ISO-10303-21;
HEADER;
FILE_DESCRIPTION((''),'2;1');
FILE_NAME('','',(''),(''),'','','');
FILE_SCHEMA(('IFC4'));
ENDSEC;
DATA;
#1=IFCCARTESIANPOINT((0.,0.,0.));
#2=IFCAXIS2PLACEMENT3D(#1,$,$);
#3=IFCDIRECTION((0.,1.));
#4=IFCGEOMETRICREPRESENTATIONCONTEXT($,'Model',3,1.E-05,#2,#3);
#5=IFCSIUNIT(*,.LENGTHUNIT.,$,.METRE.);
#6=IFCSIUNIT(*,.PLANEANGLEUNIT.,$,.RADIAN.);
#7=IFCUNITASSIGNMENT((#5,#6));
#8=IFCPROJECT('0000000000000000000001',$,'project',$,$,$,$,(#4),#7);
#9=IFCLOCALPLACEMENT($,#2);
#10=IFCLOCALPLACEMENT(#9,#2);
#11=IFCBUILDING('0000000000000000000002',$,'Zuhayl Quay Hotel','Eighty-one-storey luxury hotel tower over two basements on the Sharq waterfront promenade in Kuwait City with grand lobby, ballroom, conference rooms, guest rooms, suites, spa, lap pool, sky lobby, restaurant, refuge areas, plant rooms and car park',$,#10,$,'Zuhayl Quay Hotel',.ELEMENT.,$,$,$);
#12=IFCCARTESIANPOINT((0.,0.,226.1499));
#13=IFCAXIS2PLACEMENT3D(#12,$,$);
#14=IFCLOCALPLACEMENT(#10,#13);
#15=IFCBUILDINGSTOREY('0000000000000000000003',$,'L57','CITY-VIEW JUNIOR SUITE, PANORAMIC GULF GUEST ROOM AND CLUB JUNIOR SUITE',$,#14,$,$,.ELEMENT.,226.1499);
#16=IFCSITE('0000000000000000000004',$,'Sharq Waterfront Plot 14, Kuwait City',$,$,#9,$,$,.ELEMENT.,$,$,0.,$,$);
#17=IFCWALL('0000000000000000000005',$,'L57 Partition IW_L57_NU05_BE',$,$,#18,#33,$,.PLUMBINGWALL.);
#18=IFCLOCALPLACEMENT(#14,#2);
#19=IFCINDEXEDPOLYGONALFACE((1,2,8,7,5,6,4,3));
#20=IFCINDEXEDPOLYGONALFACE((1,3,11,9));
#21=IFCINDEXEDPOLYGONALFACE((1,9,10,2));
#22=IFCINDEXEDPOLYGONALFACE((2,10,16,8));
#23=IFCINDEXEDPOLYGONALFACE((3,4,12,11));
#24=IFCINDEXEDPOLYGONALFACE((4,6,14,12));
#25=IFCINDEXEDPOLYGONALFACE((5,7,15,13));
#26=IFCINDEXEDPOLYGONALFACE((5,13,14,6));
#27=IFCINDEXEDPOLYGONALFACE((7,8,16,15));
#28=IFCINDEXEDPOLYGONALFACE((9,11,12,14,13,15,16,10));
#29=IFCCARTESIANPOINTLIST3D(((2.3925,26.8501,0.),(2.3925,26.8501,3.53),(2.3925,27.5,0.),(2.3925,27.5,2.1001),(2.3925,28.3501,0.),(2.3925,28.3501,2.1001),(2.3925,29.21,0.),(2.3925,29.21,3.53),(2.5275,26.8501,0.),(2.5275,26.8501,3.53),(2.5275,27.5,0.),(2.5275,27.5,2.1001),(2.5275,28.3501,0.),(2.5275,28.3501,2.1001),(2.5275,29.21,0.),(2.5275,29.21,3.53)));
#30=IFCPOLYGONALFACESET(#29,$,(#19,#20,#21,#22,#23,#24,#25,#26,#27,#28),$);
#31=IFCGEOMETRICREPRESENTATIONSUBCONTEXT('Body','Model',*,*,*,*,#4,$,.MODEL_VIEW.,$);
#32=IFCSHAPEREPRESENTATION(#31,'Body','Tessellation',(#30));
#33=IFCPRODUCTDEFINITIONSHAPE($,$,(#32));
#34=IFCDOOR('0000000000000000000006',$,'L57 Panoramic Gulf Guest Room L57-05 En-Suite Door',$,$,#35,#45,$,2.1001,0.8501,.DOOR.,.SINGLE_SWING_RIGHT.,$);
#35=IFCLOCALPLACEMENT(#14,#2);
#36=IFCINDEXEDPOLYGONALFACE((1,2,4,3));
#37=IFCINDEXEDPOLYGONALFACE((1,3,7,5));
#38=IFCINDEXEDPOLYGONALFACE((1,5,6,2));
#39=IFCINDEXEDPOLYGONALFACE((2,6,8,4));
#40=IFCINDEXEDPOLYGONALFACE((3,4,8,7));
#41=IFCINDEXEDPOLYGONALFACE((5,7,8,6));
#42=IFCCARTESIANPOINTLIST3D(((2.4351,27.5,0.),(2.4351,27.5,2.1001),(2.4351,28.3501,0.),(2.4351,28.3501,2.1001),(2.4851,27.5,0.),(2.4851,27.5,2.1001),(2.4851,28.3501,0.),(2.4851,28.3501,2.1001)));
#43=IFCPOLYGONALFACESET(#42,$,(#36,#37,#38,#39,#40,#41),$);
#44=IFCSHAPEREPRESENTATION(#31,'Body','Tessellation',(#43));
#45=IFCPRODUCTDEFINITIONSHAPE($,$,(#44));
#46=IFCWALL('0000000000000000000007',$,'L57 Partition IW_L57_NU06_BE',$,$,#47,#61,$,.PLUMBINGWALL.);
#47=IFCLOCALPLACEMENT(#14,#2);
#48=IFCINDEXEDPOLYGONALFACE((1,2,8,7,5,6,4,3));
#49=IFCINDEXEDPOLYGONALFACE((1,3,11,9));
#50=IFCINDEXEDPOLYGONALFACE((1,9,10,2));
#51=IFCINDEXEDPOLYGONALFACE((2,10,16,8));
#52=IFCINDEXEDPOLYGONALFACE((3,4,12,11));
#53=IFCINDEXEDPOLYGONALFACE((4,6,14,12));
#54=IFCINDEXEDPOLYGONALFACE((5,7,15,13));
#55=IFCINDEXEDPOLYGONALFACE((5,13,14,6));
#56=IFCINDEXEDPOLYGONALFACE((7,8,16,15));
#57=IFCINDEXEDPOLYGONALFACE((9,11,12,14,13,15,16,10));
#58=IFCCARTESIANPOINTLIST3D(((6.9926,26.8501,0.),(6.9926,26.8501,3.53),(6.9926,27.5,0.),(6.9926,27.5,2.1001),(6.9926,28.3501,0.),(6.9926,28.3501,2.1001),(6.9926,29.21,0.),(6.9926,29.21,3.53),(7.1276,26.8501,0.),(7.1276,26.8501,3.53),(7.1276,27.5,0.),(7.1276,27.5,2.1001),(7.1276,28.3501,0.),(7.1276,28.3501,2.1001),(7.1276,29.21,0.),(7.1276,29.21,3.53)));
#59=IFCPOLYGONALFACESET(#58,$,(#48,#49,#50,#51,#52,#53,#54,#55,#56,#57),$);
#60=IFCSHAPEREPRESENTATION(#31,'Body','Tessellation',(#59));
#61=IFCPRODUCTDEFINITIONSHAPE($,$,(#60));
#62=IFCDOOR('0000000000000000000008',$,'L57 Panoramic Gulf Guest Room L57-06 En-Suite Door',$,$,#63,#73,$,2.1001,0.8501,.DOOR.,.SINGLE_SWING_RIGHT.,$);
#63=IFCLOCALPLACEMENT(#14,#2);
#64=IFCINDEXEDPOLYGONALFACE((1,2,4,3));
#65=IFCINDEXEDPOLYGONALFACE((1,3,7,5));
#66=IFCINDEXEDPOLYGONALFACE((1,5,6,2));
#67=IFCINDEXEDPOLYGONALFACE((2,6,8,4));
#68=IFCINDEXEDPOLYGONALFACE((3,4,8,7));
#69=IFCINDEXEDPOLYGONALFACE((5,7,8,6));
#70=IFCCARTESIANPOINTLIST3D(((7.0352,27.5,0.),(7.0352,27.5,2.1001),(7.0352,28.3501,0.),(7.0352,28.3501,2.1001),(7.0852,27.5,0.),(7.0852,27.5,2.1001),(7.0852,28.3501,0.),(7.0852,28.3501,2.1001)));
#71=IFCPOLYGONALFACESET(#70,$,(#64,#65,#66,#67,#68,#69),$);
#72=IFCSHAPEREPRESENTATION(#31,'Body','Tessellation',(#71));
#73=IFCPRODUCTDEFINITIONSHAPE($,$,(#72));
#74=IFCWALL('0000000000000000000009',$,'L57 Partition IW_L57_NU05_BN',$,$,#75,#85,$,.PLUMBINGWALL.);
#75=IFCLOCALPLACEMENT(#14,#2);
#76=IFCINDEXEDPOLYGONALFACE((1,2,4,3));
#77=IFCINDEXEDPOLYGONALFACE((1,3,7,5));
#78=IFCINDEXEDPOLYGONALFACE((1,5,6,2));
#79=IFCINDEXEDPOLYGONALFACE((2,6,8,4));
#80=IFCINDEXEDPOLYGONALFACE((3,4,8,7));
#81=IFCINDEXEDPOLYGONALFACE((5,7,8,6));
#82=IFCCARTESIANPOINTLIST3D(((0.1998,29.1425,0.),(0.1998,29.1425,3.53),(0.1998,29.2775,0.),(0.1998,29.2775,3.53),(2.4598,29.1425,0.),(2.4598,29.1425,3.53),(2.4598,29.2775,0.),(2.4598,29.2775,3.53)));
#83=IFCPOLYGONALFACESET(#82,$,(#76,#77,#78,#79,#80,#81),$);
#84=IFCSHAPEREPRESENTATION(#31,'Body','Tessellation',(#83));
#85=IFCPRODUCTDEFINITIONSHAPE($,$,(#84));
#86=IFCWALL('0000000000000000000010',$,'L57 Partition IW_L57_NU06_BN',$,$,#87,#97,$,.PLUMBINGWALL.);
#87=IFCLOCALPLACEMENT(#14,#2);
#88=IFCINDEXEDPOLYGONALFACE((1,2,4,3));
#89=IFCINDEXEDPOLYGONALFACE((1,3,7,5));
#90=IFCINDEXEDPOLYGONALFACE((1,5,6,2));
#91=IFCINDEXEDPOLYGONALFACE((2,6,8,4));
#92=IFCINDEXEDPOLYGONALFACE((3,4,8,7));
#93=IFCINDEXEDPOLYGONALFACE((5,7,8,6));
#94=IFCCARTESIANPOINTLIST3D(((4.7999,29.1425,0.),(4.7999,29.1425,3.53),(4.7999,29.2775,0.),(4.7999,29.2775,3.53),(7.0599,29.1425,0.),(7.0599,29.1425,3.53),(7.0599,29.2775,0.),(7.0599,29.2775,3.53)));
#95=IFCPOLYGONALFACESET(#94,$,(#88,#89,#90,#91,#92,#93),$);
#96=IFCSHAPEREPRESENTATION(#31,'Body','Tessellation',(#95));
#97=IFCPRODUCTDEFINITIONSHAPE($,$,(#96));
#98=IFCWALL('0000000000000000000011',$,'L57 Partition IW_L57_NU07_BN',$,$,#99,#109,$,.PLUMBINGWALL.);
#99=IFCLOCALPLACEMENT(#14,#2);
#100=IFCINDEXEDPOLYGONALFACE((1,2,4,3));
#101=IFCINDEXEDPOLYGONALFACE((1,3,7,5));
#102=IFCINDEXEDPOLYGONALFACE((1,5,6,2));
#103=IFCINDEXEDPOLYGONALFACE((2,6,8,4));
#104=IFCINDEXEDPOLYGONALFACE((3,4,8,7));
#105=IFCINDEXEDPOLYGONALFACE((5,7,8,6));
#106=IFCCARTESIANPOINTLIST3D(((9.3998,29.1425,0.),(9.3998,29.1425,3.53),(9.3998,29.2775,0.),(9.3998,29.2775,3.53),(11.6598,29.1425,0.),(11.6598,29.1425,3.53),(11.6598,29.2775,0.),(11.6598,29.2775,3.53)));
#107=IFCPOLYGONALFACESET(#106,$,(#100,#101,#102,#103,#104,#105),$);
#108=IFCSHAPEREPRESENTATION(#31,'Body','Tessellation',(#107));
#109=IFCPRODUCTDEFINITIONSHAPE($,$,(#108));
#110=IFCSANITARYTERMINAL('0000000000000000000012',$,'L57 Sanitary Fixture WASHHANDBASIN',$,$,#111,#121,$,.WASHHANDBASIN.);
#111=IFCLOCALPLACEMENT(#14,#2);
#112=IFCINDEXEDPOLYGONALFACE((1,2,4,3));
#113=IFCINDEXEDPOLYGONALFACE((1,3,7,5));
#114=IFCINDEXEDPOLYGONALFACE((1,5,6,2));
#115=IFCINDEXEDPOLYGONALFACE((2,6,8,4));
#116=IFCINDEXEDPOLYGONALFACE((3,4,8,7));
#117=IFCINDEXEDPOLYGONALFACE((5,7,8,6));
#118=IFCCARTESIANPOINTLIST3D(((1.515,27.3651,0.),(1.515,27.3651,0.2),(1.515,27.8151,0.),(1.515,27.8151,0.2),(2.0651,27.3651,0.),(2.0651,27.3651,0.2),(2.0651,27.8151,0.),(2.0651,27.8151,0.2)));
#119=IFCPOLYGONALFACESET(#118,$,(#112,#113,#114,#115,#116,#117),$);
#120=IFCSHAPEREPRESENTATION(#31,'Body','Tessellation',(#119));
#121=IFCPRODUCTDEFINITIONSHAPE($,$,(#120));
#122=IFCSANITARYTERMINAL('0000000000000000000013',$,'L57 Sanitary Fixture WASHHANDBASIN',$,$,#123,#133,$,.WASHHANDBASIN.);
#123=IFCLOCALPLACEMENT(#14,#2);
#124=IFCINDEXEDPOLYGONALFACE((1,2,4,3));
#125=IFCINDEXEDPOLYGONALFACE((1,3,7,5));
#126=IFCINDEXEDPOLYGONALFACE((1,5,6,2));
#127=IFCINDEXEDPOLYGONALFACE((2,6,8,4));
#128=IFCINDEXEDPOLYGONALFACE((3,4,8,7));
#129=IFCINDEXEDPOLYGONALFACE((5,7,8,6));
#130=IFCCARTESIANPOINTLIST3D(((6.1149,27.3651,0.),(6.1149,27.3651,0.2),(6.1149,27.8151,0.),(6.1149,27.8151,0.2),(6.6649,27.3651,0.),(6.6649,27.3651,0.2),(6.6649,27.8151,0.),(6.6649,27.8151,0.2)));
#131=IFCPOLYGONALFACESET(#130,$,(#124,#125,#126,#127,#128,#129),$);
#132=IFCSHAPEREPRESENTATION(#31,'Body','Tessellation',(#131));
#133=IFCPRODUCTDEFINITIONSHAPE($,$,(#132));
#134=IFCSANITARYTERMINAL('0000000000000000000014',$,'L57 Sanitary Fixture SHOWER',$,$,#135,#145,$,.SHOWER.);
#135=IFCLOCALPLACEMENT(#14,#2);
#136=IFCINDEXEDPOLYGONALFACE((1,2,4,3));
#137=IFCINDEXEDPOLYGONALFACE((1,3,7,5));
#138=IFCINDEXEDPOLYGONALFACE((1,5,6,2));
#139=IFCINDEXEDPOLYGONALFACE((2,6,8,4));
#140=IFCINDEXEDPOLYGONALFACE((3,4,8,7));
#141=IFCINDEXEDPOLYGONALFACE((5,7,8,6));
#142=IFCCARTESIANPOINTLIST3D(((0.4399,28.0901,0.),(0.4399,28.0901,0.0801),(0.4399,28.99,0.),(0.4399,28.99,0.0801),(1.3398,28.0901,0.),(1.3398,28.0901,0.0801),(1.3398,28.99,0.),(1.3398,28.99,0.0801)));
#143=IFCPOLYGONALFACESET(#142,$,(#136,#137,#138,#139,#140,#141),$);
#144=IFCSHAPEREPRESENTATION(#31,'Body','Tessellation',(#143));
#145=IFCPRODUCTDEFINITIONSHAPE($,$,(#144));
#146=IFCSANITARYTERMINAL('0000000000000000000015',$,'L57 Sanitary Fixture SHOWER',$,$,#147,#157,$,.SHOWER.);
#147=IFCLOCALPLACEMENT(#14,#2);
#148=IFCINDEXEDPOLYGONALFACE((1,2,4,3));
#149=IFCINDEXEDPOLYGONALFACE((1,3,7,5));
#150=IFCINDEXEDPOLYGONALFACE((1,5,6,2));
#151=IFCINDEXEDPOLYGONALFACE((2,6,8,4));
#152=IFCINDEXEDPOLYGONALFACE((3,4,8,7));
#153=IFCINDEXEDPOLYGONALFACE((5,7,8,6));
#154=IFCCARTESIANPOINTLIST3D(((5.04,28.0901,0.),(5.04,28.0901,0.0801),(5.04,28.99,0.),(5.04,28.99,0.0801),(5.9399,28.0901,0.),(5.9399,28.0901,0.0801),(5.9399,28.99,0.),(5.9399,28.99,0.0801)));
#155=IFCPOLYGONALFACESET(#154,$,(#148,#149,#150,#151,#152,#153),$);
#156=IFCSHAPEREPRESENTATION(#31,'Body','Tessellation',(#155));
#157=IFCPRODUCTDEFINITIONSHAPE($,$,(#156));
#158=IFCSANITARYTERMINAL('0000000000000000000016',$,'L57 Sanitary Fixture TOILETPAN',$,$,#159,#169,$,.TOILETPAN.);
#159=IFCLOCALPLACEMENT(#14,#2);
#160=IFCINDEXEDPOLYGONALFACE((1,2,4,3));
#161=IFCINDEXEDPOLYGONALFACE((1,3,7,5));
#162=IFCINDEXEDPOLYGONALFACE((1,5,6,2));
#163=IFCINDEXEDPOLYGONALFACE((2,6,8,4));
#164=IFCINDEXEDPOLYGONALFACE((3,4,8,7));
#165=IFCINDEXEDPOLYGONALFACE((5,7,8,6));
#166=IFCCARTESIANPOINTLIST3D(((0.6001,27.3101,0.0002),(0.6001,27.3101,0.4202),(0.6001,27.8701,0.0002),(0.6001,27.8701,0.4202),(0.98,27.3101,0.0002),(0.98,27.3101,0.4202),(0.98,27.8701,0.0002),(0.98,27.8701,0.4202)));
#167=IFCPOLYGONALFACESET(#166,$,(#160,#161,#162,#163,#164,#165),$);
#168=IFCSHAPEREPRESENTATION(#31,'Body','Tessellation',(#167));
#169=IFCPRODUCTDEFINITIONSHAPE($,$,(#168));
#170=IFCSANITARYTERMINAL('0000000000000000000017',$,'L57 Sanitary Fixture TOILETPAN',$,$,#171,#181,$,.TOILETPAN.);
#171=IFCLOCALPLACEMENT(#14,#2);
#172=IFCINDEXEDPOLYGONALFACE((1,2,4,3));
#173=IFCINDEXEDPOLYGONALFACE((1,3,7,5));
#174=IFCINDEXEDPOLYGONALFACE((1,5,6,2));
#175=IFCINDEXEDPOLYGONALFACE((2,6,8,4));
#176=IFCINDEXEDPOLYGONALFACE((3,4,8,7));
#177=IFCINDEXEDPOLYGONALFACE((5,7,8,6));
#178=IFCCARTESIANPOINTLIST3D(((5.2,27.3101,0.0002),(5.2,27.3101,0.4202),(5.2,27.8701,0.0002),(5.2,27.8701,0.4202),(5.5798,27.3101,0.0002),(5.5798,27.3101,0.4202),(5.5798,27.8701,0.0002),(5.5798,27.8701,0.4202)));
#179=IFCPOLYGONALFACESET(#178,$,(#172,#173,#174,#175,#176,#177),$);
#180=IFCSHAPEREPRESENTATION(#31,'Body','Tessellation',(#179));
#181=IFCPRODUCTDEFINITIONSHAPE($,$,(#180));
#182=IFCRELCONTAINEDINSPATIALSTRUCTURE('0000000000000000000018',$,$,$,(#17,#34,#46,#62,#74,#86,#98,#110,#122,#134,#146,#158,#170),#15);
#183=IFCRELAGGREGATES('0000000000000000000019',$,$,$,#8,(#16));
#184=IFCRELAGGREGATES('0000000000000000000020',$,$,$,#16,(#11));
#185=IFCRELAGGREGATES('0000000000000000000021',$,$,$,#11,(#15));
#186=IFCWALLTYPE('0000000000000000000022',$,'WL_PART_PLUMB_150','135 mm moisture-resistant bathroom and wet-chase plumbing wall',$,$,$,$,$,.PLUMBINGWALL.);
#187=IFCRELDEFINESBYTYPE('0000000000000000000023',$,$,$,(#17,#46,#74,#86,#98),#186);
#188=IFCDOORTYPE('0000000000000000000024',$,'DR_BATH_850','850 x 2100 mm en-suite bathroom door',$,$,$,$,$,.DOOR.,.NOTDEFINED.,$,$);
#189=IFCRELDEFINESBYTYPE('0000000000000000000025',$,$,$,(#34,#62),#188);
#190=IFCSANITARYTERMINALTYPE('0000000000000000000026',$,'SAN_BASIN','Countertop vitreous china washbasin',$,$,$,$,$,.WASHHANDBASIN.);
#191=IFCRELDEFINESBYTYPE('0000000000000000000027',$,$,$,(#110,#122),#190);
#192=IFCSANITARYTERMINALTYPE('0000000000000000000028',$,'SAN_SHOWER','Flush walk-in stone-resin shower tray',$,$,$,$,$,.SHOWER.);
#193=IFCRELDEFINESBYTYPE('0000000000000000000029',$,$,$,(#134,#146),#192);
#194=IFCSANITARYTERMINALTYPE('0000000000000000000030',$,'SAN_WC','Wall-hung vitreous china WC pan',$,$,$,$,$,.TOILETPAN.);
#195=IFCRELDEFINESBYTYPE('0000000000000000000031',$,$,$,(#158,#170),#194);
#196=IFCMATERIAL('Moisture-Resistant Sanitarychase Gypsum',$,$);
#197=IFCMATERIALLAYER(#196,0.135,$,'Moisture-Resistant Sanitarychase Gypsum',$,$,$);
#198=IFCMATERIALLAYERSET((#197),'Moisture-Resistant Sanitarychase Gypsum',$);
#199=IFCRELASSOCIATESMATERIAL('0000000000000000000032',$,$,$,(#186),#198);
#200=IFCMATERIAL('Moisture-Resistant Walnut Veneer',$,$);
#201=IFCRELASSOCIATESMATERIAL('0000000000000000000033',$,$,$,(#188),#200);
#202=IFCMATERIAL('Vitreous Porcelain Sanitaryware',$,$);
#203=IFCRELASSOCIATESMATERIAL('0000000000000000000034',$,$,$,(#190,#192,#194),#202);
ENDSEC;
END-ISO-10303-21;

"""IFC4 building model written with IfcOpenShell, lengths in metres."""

from ifc_helpers import new_model, si_unit, direction, frame, frame_2d, origin, origin_2d, place, context, subcontext, project, spatial, rectangle, extrude, material, layer, layer_set, type_object, element, fill, save


model = new_model("IFC4")

# Units and contexts
model_context = context("Model", 3, precision=1e-05, world=origin(), true_north=direction((0.0, 1.0)))
body_context = subcontext(model_context, "Body", "Model", "MODEL_VIEW")
ifc_project = project(units=[si_unit("LENGTHUNIT", "METRE"), si_unit("PLANEANGLEUNIT", "RADIAN")], contexts=[model_context])

# Site, building, storey
site_placement = place(None, origin())
site = spatial("IfcSite", under=ifc_project, at=site_placement, Name="Sharq Waterfront Plot 14, Kuwait City", CompositionType="ELEMENT", RefElevation=0.0)
building_placement = place(site_placement, origin())
building = spatial("IfcBuilding", under=site, at=building_placement, Name="Zuhayl Quay Hotel", Description="Eighty-one-storey luxury hotel tower over two basements on the Sharq waterfront promenade in Kuwait City with grand lobby, ballroom, conference rooms, guest rooms, suites, spa, lap pool, sky lobby, restaurant, refuge areas, plant rooms and car park", LongName="Zuhayl Quay Hotel", CompositionType="ELEMENT")
storey_placement = place(building_placement, frame((0.0, 0.0, 226.1499)))
storey = spatial("IfcBuildingStorey", under=building, at=storey_placement, Name="L57", Description="CITY-VIEW JUNIOR SUITE, PANORAMIC GULF GUEST ROOM AND CLUB JUNIOR SUITE", CompositionType="ELEMENT", Elevation=226.1499)

# Walls, openings, doors
ifc_material_1 = material(Name="Moisture-Resistant Sanitarychase Gypsum")
ifc_layer_1 = layer(ifc_material_1, 0.135, Name="Moisture-Resistant Sanitarychase Gypsum")
ifc_layer_set_1 = layer_set([ifc_layer_1], Name="Moisture-Resistant Sanitarychase Gypsum")
wall_type_1 = type_object("IfcWallType", Name="WL_PART_PLUMB_150", Description="135 mm moisture-resistant bathroom and wet-chase plumbing wall", PredefinedType="PLUMBINGWALL", material=ifc_layer_set_1)
wall_1_placement = place(storey_placement, frame((2.46, 26.8501, 0.0), z_axis=(0.0, 0.0, 1.0), x_axis=(0.0, 1.0, 0.0)))
wall_1 = element("IfcWall", 1, at=wall_1_placement, inside=storey, type_object=wall_type_1, Name="L57 Partition IW_L57_NU05_BE", PredefinedType="PLUMBINGWALL", context=body_context, shape_type="SweptSolid", body=[
    extrude(rectangle(XDim=2.3599, YDim=0.135, at=frame_2d((1.1799, 0.0))), origin(), (0.0, 0.0, 1.0), 3.53),
])
opening_1_placement = place(wall_1_placement, frame((0.6499, 0.0, 0.0)))
opening_1 = element("IfcOpeningElement", 2, at=opening_1_placement, cuts=wall_1, PredefinedType="OPENING", context=body_context, shape_type="SweptSolid", body=[
    extrude(rectangle(XDim=0.8501, YDim=2.1001, at=frame_2d((0.425, 1.05))), frame((0.0, 0.0774, 0.0), z_axis=(0.0, -1.0, 0.0), x_axis=(1.0, 0.0, 0.0)), (0.0, 0.0, 1.0), 0.155),
])
ifc_material_2 = material(Name="Moisture-Resistant Walnut Veneer")
door_type_1 = type_object("IfcDoorType", Name="DR_BATH_850", Description="850 x 2100 mm en-suite bathroom door", OperationType="NOTDEFINED", PredefinedType="DOOR", material=ifc_material_2)
door_1_placement = place(opening_1_placement, origin())
door_1 = element("IfcDoor", 3, at=door_1_placement, inside=storey, type_object=door_type_1, Name="L57 Panoramic Gulf Guest Room L57-05 En-Suite Door", OperationType="SINGLE_SWING_RIGHT", OverallHeight=2.1001, OverallWidth=0.8501, PredefinedType="DOOR", context=body_context, shape_type="SweptSolid", body=[
    extrude(rectangle(XDim=0.8501, YDim=2.1001, at=frame_2d((0.425, 1.05))), frame((0.0, 0.0249, 0.0), z_axis=(0.0, -1.0, 0.0), x_axis=(1.0, 0.0, 0.0)), (0.0, 0.0, 1.0), 0.05),
])
fill(opening_1, door_1)
wall_2_placement = place(storey_placement, frame((7.0601, 26.8501, 0.0), z_axis=(0.0, 0.0, 1.0), x_axis=(0.0, 1.0, 0.0)))
wall_2 = element("IfcWall", 4, at=wall_2_placement, inside=storey, type_object=wall_type_1, Name="L57 Partition IW_L57_NU06_BE", PredefinedType="PLUMBINGWALL", context=body_context, shape_type="SweptSolid", body=[
    extrude(rectangle(XDim=2.3599, YDim=0.135, at=frame_2d((1.1799, 0.0))), origin(), (0.0, 0.0, 1.0), 3.53),
])
opening_2_placement = place(wall_2_placement, frame((0.6499, 0.0, 0.0)))
opening_2 = element("IfcOpeningElement", 5, at=opening_2_placement, cuts=wall_2, PredefinedType="OPENING", context=body_context, shape_type="SweptSolid", body=[
    extrude(rectangle(XDim=0.8501, YDim=2.1001, at=frame_2d((0.425, 1.05))), frame((0.0, 0.0774, 0.0), z_axis=(0.0, -1.0, 0.0), x_axis=(1.0, 0.0, 0.0)), (0.0, 0.0, 1.0), 0.155),
])
door_2_placement = place(opening_2_placement, origin())
door_2 = element("IfcDoor", 6, at=door_2_placement, inside=storey, type_object=door_type_1, Name="L57 Panoramic Gulf Guest Room L57-06 En-Suite Door", OperationType="SINGLE_SWING_RIGHT", OverallHeight=2.1001, OverallWidth=0.8501, PredefinedType="DOOR", context=body_context, shape_type="SweptSolid", body=[
    extrude(rectangle(XDim=0.8501, YDim=2.1001, at=frame_2d((0.425, 1.05))), frame((0.0, 0.0249, 0.0), z_axis=(0.0, -1.0, 0.0), x_axis=(1.0, 0.0, 0.0)), (0.0, 0.0, 1.0), 0.05),
])
fill(opening_2, door_2)

# Walls
for number, where, z_axis, x_axis, name in (
    (7, (0.2, 29.21, 0.0), (0.0, 0.0, 1.0), (1.0, 0.0, 0.0), "L57 Partition IW_L57_NU05_BN"),
    (8, (4.8, 29.21, 0.0), (0.0, 0.0, 1.0), (1.0, 0.0, 0.0), "L57 Partition IW_L57_NU06_BN"),
    (9, (9.3999, 29.21, 0.0), (0.0, 0.0, 1.0), (1.0, 0.0, 0.0), "L57 Partition IW_L57_NU07_BN"),
):
    element("IfcWall", number, at=place(storey_placement, frame(where, z_axis=z_axis, x_axis=x_axis)), inside=storey, type_object=wall_type_1, Name=name, PredefinedType="PLUMBINGWALL", context=body_context, shape_type="SweptSolid", body=[
        extrude(rectangle(XDim=2.26, YDim=0.135, at=frame_2d((1.1299, 0.0))), origin(), (0.0, 0.0, 1.0), 3.53),
    ])

# Sanitary terminals
ifc_material_3 = material(Name="Vitreous Porcelain Sanitaryware")
sanitary_terminal_type_1 = type_object("IfcSanitaryTerminalType", Name="SAN_BASIN", Description="Countertop vitreous china washbasin", PredefinedType="WASHHANDBASIN", material=ifc_material_3)
for number, where, z_axis, x_axis, name in (
    (10, (1.79, 27.5901, 0.0), (0.0, 0.0, 1.0), (1.0, 0.0, 0.0), "L57 Sanitary Fixture WASHHANDBASIN"),
    (11, (6.3899, 27.5901, 0.0), (0.0, 0.0, 1.0), (1.0, 0.0, 0.0), "L57 Sanitary Fixture WASHHANDBASIN"),
):
    element("IfcSanitaryTerminal", number, at=place(storey_placement, frame(where, z_axis=z_axis, x_axis=x_axis)), inside=storey, type_object=sanitary_terminal_type_1, Name=name, PredefinedType="WASHHANDBASIN", context=body_context, shape_type="SweptSolid", body=[
        extrude(rectangle(XDim=0.55, YDim=0.45, at=origin_2d()), origin(), (0.0, 0.0, 1.0), 0.2),
    ])
sanitary_terminal_type_2 = type_object("IfcSanitaryTerminalType", Name="SAN_SHOWER", Description="Flush walk-in stone-resin shower tray", PredefinedType="SHOWER", material=ifc_material_3)
for number, where, z_axis, x_axis, name in (
    (12, (0.8899, 28.54, 0.0), (0.0, 0.0, 1.0), (1.0, 0.0, 0.0), "L57 Sanitary Fixture SHOWER"),
    (13, (5.49, 28.54, 0.0), (0.0, 0.0, 1.0), (1.0, 0.0, 0.0), "L57 Sanitary Fixture SHOWER"),
):
    element("IfcSanitaryTerminal", number, at=place(storey_placement, frame(where, z_axis=z_axis, x_axis=x_axis)), inside=storey, type_object=sanitary_terminal_type_2, Name=name, PredefinedType="SHOWER", context=body_context, shape_type="SweptSolid", body=[
        extrude(rectangle(XDim=0.8999, YDim=0.8999, at=origin_2d()), origin(), (0.0, 0.0, 1.0), 0.0801),
    ])
sanitary_terminal_type_3 = type_object("IfcSanitaryTerminalType", Name="SAN_WC", Description="Wall-hung vitreous china WC pan", PredefinedType="TOILETPAN", material=ifc_material_3)
for number, where, z_axis, x_axis, name in (
    (14, (0.79, 27.5901, 0.0002), (0.0, 0.0, 1.0), (1.0, 0.0, 0.0), "L57 Sanitary Fixture TOILETPAN"),
    (15, (5.3899, 27.5901, 0.0002), (0.0, 0.0, 1.0), (1.0, 0.0, 0.0), "L57 Sanitary Fixture TOILETPAN"),
):
    element("IfcSanitaryTerminal", number, at=place(storey_placement, frame(where, z_axis=z_axis, x_axis=x_axis)), inside=storey, type_object=sanitary_terminal_type_3, Name=name, PredefinedType="TOILETPAN", context=body_context, shape_type="SweptSolid", body=[
        extrude(rectangle(XDim=0.3799, YDim=0.5601, at=origin_2d()), origin(), (0.0, 0.0, 1.0), 0.4199),
    ])

save(model, "model.ifc")
